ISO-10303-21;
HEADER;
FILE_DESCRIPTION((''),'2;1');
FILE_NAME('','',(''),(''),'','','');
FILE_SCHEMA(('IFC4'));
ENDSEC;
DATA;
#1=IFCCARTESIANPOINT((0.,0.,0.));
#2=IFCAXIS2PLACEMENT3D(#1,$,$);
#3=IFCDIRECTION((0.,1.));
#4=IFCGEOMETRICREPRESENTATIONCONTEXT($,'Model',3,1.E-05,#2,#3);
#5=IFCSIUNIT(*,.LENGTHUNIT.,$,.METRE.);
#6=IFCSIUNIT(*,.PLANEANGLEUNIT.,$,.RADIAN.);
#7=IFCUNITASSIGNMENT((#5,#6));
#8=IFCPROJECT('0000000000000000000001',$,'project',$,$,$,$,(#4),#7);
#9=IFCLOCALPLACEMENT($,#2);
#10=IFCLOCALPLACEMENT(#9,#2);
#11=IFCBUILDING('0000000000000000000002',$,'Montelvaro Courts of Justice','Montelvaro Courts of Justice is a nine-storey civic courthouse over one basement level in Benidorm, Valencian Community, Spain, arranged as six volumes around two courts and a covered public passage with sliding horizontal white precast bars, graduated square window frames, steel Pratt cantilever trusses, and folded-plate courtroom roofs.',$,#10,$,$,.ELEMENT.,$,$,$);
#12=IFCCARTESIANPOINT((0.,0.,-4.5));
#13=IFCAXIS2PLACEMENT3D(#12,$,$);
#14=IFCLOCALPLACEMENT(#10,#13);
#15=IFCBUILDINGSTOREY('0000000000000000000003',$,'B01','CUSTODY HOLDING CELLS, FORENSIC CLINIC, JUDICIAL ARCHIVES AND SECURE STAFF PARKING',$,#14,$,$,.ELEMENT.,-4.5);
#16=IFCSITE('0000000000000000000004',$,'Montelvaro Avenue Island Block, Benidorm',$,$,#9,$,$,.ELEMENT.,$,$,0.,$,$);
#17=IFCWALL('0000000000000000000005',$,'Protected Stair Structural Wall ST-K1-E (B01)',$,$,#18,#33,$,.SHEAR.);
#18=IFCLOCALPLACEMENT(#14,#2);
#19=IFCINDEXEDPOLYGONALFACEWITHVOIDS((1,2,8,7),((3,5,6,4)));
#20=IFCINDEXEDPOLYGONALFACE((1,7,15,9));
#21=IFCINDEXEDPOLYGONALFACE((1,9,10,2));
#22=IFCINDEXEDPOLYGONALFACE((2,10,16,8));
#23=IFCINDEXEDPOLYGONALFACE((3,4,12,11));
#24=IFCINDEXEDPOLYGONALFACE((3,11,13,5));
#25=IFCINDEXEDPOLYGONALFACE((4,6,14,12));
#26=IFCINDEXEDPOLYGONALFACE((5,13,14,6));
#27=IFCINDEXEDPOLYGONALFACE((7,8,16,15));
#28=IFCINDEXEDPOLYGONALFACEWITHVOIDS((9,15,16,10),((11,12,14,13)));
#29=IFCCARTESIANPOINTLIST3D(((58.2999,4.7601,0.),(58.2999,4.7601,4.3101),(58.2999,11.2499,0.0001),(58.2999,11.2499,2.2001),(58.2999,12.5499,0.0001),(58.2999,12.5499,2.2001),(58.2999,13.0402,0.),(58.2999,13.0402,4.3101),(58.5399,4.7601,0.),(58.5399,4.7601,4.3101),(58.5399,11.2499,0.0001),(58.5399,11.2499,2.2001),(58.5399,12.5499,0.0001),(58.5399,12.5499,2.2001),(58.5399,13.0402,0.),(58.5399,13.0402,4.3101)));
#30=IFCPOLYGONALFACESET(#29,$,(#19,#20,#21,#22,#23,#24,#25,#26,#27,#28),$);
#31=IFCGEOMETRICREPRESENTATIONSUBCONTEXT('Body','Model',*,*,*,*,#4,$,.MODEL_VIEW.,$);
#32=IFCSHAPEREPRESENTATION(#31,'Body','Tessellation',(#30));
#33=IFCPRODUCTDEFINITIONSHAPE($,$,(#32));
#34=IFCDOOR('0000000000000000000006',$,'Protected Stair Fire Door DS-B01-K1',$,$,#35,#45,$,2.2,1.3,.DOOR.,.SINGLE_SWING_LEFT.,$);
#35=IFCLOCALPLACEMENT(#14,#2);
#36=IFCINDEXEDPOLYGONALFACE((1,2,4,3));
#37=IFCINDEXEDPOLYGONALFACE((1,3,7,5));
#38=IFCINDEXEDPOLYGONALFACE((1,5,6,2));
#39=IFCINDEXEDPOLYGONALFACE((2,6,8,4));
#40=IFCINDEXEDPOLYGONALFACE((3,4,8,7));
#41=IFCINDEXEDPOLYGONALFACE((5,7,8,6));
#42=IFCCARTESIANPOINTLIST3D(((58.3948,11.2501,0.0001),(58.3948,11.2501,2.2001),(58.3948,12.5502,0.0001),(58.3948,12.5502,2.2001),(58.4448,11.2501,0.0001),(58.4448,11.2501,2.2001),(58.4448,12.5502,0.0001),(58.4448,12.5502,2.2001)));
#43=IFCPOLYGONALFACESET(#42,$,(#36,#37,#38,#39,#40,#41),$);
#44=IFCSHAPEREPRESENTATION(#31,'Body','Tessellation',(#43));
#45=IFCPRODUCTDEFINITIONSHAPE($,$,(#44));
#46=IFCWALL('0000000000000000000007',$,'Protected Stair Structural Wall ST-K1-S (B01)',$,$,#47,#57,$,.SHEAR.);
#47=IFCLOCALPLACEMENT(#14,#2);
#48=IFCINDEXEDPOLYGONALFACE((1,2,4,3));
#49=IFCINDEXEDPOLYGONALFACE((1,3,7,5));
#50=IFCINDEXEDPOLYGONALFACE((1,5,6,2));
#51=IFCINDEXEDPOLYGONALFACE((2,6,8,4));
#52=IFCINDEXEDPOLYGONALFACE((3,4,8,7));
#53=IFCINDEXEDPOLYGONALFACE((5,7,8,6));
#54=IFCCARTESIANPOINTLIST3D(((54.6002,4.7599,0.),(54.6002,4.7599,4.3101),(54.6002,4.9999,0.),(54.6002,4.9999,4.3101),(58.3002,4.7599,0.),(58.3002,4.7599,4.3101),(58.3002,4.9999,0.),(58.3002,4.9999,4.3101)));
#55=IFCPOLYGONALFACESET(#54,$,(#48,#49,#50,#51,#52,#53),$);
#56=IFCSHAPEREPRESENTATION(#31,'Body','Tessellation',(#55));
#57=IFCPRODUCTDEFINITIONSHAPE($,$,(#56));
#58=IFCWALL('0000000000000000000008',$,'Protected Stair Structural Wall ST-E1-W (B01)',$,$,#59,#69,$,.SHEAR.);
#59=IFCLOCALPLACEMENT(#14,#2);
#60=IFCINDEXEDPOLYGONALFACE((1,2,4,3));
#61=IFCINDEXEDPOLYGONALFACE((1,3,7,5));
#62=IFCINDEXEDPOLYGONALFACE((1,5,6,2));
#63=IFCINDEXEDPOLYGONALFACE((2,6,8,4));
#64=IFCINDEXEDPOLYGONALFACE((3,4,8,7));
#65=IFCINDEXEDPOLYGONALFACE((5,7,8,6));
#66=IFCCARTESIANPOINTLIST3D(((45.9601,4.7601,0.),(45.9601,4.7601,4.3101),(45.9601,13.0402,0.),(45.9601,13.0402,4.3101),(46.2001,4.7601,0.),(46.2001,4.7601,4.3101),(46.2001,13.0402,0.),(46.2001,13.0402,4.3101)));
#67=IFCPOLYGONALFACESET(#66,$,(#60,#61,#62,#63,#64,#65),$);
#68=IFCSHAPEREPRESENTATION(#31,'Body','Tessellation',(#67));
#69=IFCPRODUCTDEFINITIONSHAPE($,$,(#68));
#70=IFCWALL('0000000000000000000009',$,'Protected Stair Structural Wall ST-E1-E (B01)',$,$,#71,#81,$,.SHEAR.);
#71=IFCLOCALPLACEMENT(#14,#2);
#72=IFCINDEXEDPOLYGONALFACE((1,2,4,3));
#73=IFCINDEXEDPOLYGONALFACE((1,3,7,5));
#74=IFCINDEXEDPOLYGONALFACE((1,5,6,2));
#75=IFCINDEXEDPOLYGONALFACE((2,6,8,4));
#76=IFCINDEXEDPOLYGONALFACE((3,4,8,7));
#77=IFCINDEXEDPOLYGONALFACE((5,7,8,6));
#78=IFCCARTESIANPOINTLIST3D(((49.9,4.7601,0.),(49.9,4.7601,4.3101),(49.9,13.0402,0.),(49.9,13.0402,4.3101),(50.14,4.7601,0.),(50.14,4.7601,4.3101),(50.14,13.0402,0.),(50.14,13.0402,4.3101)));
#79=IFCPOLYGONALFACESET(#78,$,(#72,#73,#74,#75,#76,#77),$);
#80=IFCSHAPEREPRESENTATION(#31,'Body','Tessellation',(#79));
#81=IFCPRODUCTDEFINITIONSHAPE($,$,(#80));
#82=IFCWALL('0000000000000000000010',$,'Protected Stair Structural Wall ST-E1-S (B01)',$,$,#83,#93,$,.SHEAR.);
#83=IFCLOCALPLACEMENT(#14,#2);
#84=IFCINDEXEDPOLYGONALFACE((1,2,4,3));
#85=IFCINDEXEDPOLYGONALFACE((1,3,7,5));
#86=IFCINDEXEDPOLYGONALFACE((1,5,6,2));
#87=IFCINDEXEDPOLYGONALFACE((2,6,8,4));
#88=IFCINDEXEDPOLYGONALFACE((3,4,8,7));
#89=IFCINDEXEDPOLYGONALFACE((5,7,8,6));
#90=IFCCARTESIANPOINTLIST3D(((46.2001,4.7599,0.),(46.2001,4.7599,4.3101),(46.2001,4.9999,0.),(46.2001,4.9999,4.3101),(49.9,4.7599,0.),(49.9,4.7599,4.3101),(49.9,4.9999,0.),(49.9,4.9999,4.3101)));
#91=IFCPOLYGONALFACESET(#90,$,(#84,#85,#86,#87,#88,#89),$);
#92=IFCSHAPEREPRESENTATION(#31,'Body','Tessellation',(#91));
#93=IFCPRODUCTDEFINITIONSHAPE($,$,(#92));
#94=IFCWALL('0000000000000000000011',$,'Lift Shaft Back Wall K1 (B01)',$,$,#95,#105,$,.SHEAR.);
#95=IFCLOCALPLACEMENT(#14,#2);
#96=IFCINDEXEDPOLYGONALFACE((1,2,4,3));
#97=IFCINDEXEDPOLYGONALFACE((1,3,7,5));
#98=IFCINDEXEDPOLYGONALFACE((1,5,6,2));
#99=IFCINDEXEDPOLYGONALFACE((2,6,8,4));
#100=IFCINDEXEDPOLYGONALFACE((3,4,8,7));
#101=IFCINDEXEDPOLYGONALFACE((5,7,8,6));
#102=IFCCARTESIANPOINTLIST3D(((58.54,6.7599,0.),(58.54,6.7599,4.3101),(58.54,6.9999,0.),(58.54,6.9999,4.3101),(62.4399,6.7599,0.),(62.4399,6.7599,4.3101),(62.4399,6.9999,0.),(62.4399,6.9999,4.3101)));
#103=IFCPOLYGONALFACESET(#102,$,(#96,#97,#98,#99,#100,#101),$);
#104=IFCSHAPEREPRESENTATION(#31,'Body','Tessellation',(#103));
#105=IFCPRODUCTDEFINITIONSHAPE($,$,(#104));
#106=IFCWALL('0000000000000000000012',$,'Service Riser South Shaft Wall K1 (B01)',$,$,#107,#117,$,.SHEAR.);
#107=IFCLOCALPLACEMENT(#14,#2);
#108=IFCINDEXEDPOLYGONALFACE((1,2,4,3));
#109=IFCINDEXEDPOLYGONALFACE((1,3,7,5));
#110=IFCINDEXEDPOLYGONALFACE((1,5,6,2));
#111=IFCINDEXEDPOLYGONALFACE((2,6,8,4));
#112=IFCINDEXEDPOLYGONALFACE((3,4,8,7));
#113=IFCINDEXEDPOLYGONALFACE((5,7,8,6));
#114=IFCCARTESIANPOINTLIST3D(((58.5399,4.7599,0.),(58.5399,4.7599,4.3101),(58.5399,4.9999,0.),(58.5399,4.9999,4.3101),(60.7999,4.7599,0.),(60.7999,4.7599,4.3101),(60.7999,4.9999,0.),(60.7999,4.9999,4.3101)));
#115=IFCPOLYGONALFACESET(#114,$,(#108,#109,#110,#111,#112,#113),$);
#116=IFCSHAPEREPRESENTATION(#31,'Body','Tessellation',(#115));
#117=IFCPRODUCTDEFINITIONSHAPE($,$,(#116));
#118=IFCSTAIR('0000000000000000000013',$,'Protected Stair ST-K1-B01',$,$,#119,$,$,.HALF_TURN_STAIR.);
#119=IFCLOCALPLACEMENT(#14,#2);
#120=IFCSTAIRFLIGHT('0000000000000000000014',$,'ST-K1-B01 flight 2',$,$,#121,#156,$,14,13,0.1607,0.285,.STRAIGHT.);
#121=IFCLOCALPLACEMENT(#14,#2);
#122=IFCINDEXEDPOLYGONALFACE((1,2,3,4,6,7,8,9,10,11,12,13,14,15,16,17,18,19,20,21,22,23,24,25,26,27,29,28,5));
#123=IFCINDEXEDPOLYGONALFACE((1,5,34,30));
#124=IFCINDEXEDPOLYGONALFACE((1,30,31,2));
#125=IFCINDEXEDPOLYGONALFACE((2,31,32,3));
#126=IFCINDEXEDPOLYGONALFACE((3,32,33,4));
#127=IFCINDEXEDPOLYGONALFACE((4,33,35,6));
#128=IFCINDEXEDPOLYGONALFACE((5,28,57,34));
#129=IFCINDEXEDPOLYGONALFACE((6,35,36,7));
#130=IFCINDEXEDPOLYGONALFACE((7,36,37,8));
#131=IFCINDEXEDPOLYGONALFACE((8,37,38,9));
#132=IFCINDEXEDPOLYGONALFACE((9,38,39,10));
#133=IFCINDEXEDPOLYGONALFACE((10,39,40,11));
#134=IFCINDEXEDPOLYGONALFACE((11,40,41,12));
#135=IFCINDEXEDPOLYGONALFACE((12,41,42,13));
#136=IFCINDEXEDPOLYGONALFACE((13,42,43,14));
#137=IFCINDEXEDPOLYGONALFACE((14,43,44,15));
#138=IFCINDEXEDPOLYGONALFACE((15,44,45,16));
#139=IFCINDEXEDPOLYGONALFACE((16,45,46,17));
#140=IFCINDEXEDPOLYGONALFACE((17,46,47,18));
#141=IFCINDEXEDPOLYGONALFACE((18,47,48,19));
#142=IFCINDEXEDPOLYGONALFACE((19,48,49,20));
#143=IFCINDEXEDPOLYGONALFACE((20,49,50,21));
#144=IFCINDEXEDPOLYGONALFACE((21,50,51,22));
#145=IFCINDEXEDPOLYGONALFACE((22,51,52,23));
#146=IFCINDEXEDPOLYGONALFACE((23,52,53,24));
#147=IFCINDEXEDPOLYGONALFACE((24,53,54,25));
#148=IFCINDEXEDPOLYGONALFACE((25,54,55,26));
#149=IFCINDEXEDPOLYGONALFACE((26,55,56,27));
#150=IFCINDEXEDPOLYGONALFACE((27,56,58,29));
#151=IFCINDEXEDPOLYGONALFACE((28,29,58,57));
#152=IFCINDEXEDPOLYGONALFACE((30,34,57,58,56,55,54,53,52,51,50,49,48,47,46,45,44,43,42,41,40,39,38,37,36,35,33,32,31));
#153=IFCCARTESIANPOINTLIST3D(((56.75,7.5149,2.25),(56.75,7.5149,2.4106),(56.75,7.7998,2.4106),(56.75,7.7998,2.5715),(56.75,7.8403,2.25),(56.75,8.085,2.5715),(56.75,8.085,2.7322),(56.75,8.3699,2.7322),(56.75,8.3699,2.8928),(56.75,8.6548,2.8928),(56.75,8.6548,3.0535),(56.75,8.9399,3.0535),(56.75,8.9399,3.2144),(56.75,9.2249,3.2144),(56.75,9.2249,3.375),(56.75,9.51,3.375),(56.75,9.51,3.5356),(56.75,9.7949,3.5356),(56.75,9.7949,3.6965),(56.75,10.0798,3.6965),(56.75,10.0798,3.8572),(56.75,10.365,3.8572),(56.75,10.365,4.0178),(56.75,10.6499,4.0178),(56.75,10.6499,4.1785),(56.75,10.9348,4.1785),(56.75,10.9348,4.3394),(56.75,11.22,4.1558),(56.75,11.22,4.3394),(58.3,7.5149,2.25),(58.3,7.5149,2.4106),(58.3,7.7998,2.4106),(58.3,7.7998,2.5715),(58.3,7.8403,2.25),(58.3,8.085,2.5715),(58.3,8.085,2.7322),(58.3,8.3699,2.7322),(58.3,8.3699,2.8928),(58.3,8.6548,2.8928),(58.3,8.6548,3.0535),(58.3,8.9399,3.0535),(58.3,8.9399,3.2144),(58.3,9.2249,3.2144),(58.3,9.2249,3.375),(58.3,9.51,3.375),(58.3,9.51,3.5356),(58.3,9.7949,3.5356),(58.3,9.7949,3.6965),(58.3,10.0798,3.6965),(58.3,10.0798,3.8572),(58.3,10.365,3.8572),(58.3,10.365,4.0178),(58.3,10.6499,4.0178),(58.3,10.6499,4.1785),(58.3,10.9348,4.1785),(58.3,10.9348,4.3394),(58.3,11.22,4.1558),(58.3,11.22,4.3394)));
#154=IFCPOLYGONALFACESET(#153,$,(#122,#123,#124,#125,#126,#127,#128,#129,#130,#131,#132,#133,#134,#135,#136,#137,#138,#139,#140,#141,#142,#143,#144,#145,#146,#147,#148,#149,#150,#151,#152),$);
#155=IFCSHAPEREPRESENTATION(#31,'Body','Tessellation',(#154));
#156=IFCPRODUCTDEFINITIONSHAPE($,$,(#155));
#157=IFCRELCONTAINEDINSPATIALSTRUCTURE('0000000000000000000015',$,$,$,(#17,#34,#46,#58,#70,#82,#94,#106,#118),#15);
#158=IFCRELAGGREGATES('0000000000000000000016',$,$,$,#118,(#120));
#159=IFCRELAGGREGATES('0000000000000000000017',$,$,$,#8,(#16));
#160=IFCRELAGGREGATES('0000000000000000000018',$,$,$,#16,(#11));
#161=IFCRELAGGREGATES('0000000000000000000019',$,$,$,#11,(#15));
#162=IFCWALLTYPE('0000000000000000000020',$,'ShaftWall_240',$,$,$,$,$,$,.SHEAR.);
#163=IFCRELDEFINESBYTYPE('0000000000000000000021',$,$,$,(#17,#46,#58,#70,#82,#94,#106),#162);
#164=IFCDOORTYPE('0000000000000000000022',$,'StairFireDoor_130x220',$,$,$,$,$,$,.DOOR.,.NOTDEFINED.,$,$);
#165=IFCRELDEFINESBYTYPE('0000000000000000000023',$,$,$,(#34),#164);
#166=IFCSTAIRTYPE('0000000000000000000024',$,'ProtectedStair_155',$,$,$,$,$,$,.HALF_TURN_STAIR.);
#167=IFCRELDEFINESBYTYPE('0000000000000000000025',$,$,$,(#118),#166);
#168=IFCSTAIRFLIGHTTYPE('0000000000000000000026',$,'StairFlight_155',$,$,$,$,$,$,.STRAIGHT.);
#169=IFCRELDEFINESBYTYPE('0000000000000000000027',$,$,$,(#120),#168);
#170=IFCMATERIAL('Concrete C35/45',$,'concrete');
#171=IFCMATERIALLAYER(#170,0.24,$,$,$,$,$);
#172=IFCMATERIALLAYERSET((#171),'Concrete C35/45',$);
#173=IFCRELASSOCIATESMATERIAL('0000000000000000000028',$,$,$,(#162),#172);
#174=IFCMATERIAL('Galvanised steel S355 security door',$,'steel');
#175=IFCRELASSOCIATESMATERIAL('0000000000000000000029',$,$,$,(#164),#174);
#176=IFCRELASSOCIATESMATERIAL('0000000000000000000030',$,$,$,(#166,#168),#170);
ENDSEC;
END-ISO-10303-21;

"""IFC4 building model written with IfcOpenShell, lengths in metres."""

from ifc_helpers import new_model, si_unit, direction, frame, frame_2d, origin, place, context, subcontext, project, spatial, polyline, rectangle, outline, extrude, material, layer, layer_set, type_object, element, fill, aggregate, save


model = new_model("IFC4")

# Units and contexts
model_context = context("Model", 3, precision=1e-05, world=origin(), true_north=direction((0.0, 1.0)))
body_context = subcontext(model_context, "Body", "Model", "MODEL_VIEW")
ifc_project = project(units=[si_unit("LENGTHUNIT", "METRE"), si_unit("PLANEANGLEUNIT", "RADIAN")], contexts=[model_context])

# Site, building, storey
site_placement = place(None, origin())
site = spatial("IfcSite", under=ifc_project, at=site_placement, Name="Montelvaro Avenue Island Block, Benidorm", CompositionType="ELEMENT", RefElevation=0.0)
building_placement = place(site_placement, origin())
building = spatial("IfcBuilding", under=site, at=building_placement, Name="Montelvaro Courts of Justice", Description="Montelvaro Courts of Justice is a nine-storey civic courthouse over one basement level in Benidorm, Valencian Community, Spain, arranged as six volumes around two courts and a covered public passage with sliding horizontal white precast bars, graduated square window frames, steel Pratt cantilever trusses, and folded-plate courtroom roofs.", CompositionType="ELEMENT")
storey_placement = place(building_placement, frame((0.0, 0.0, -4.5)))
storey = spatial("IfcBuildingStorey", under=building, at=storey_placement, Name="B01", Description="CUSTODY HOLDING CELLS, FORENSIC CLINIC, JUDICIAL ARCHIVES AND SECURE STAFF PARKING", CompositionType="ELEMENT", Elevation=-4.5)

# Shared definitions
ifc_material_1 = material(Name="Concrete C35/45", Category="concrete")

# Shared definitions
ifc_layer_1 = layer(ifc_material_1, 0.24)
ifc_layer_set_1 = layer_set([ifc_layer_1], Name="Concrete C35/45")
wall_type_1 = type_object("IfcWallType", Name="ShaftWall_240", PredefinedType="SHEAR", material=ifc_layer_set_1)

# Wall, opening, door
wall_1_placement = place(storey_placement, frame((58.4199, 4.76, 0.0), z_axis=(0.0, 0.0, 1.0), x_axis=(0.0, 1.0, 0.0)))
wall_1 = element("IfcWall", 1, at=wall_1_placement, inside=storey, type_object=wall_type_1, Name="Protected Stair Structural Wall ST-K1-E (B01)", PredefinedType="SHEAR", context=body_context, shape_type="SweptSolid", body=[
    extrude(rectangle(XDim=8.28, YDim=0.24, at=frame_2d((4.1401, 0.0))), origin(), (0.0, 0.0, 1.0), 4.3101),
])
opening_placement = place(wall_1_placement, frame((6.49, 0.0, 0.0)))
opening = element("IfcOpeningElement", 2, at=opening_placement, cuts=wall_1, PredefinedType="OPENING", context=body_context, shape_type="SweptSolid", body=[
    extrude(rectangle(XDim=1.3, YDim=2.2, at=frame_2d((0.6499, 1.1001))), frame((0.0, 0.1348, 0.0), z_axis=(0.0, -1.0, 0.0), x_axis=(1.0, 0.0, 0.0)), (0.0, 0.0, 1.0), 0.2698),
])
ifc_material_2 = material(Name="Galvanised steel S355 security door", Category="steel")
door_type = type_object("IfcDoorType", Name="StairFireDoor_130x220", OperationType="NOTDEFINED", PredefinedType="DOOR", material=ifc_material_2)
door_placement = place(opening_placement, frame((1.3, 0.0, 0.0), z_axis=(0.0, 0.0, 1.0), x_axis=(-1.0, 0.0, 0.0)))
door = element("IfcDoor", 3, at=door_placement, inside=storey, type_object=door_type, Name="Protected Stair Fire Door DS-B01-K1", OperationType="SINGLE_SWING_LEFT", OverallHeight=2.2, OverallWidth=1.3, PredefinedType="DOOR", context=body_context, shape_type="SweptSolid", body=[
    extrude(rectangle(XDim=1.3, YDim=2.2, at=frame_2d((0.6499, 1.1001))), frame((0.0, 0.0249, 0.0), z_axis=(0.0, -1.0, 0.0), x_axis=(1.0, 0.0, 0.0)), (0.0, 0.0, 1.0), 0.05),
])
fill(opening, door)

# Walls
wall_2_placement = place(storey_placement, frame((54.6001, 4.8799, 0.0), z_axis=(0.0, 0.0, 1.0), x_axis=(1.0, 0.0, 0.0)))
element("IfcWall", 4, at=wall_2_placement, inside=storey, type_object=wall_type_1, Name="Protected Stair Structural Wall ST-K1-S (B01)", PredefinedType="SHEAR", context=body_context, shape_type="SweptSolid", body=[
    extrude(rectangle(XDim=3.7, YDim=0.24, at=frame_2d((1.8501, 0.0))), origin(), (0.0, 0.0, 1.0), 4.3101),
])
for number, where, z_axis, x_axis, name in (
    (5, (46.0801, 4.76, 0.0), (0.0, 0.0, 1.0), (0.0, 1.0, 0.0), "Protected Stair Structural Wall ST-E1-W (B01)"),
    (6, (50.02, 4.76, 0.0), (0.0, 0.0, 1.0), (0.0, 1.0, 0.0), "Protected Stair Structural Wall ST-E1-E (B01)"),
):
    element("IfcWall", number, at=place(storey_placement, frame(where, z_axis=z_axis, x_axis=x_axis)), inside=storey, type_object=wall_type_1, Name=name, PredefinedType="SHEAR", context=body_context, shape_type="SweptSolid", body=[
        extrude(rectangle(XDim=8.28, YDim=0.24, at=frame_2d((4.1401, 0.0))), origin(), (0.0, 0.0, 1.0), 4.3101),
    ])
wall_3_placement = place(storey_placement, frame((46.2, 4.8799, 0.0), z_axis=(0.0, 0.0, 1.0), x_axis=(1.0, 0.0, 0.0)))
element("IfcWall", 7, at=wall_3_placement, inside=storey, type_object=wall_type_1, Name="Protected Stair Structural Wall ST-E1-S (B01)", PredefinedType="SHEAR", context=body_context, shape_type="SweptSolid", body=[
    extrude(rectangle(XDim=3.7, YDim=0.24, at=frame_2d((1.8501, 0.0))), origin(), (0.0, 0.0, 1.0), 4.3101),
])
wall_4_placement = place(storey_placement, frame((58.54, 6.8799, 0.0), z_axis=(0.0, 0.0, 1.0), x_axis=(1.0, 0.0, 0.0)))
element("IfcWall", 8, at=wall_4_placement, inside=storey, type_object=wall_type_1, Name="Lift Shaft Back Wall K1 (B01)", PredefinedType="SHEAR", context=body_context, shape_type="SweptSolid", body=[
    extrude(rectangle(XDim=3.8999, YDim=0.24, at=frame_2d((1.95, 0.0))), origin(), (0.0, 0.0, 1.0), 4.3101),
])
wall_5_placement = place(storey_placement, frame((58.54, 4.8799, 0.0), z_axis=(0.0, 0.0, 1.0), x_axis=(1.0, 0.0, 0.0)))
element("IfcWall", 9, at=wall_5_placement, inside=storey, type_object=wall_type_1, Name="Service Riser South Shaft Wall K1 (B01)", PredefinedType="SHEAR", context=body_context, shape_type="SweptSolid", body=[
    extrude(rectangle(XDim=2.26, YDim=0.24, at=frame_2d((1.1299, 0.0))), origin(), (0.0, 0.0, 1.0), 4.3101),
])

# Stair, stair flight
stair_type = type_object("IfcStairType", Name="ProtectedStair_155", PredefinedType="HALF_TURN_STAIR", material=ifc_material_1)
stair_placement = place(storey_placement, origin())
stair = element("IfcStair", 10, at=stair_placement, inside=storey, type_object=stair_type, Name="Protected Stair ST-K1-B01", PredefinedType="HALF_TURN_STAIR")
stair_flight_type = type_object("IfcStairFlightType", Name="StairFlight_155", PredefinedType="STRAIGHT", material=ifc_material_1)
stair_flight_placement = place(storey_placement, frame((57.5249, 7.5149, 2.25), z_axis=(0.0, 0.0, 1.0), x_axis=(0.0, 1.0, 0.0)))
stair_flight = element("IfcStairFlight", 11, at=stair_flight_placement, type_object=stair_flight_type, Name="ST-K1-B01 flight 2", NumberOfRisers=14, NumberOfTreads=13, PredefinedType="STRAIGHT", RiserHeight=0.1607, TreadLength=0.285, context=body_context, shape_type="SweptSolid", body=[
    extrude(outline(polyline([(0.0, 0.0), (0.0, 0.1606), (0.2849, 0.1606), (0.2849, 0.3215), (0.5701, 0.3215), (0.5701, 0.4822), (0.855, 0.4822), (0.855, 0.6428), (1.1399, 0.6428), (1.1399, 0.8035), (1.425, 0.8035), (1.425, 0.9644), (1.71, 0.9644), (1.71, 1.125), (1.9951, 1.125), (1.9951, 1.2856), (2.28, 1.2856), (2.28, 1.4465), (2.5649, 1.4465), (2.5649, 1.6072), (2.8501, 1.6072), (2.8501, 1.7678), (3.135, 1.7678), (3.135, 1.9285), (3.4199, 1.9285), (3.4199, 2.0894), (3.7051, 2.0894), (3.7051, 2.25), (3.7051, 1.9058), (0.3254, 0.0), (0.0, 0.0)])), frame((0.0, 0.7749, 0.0), z_axis=(0.0, -1.0, 0.0), x_axis=(1.0, 0.0, 0.0)), (0.0, 0.0, 1.0), 1.55),
])
aggregate(stair, [stair_flight])

save(model, "model.ifc")
